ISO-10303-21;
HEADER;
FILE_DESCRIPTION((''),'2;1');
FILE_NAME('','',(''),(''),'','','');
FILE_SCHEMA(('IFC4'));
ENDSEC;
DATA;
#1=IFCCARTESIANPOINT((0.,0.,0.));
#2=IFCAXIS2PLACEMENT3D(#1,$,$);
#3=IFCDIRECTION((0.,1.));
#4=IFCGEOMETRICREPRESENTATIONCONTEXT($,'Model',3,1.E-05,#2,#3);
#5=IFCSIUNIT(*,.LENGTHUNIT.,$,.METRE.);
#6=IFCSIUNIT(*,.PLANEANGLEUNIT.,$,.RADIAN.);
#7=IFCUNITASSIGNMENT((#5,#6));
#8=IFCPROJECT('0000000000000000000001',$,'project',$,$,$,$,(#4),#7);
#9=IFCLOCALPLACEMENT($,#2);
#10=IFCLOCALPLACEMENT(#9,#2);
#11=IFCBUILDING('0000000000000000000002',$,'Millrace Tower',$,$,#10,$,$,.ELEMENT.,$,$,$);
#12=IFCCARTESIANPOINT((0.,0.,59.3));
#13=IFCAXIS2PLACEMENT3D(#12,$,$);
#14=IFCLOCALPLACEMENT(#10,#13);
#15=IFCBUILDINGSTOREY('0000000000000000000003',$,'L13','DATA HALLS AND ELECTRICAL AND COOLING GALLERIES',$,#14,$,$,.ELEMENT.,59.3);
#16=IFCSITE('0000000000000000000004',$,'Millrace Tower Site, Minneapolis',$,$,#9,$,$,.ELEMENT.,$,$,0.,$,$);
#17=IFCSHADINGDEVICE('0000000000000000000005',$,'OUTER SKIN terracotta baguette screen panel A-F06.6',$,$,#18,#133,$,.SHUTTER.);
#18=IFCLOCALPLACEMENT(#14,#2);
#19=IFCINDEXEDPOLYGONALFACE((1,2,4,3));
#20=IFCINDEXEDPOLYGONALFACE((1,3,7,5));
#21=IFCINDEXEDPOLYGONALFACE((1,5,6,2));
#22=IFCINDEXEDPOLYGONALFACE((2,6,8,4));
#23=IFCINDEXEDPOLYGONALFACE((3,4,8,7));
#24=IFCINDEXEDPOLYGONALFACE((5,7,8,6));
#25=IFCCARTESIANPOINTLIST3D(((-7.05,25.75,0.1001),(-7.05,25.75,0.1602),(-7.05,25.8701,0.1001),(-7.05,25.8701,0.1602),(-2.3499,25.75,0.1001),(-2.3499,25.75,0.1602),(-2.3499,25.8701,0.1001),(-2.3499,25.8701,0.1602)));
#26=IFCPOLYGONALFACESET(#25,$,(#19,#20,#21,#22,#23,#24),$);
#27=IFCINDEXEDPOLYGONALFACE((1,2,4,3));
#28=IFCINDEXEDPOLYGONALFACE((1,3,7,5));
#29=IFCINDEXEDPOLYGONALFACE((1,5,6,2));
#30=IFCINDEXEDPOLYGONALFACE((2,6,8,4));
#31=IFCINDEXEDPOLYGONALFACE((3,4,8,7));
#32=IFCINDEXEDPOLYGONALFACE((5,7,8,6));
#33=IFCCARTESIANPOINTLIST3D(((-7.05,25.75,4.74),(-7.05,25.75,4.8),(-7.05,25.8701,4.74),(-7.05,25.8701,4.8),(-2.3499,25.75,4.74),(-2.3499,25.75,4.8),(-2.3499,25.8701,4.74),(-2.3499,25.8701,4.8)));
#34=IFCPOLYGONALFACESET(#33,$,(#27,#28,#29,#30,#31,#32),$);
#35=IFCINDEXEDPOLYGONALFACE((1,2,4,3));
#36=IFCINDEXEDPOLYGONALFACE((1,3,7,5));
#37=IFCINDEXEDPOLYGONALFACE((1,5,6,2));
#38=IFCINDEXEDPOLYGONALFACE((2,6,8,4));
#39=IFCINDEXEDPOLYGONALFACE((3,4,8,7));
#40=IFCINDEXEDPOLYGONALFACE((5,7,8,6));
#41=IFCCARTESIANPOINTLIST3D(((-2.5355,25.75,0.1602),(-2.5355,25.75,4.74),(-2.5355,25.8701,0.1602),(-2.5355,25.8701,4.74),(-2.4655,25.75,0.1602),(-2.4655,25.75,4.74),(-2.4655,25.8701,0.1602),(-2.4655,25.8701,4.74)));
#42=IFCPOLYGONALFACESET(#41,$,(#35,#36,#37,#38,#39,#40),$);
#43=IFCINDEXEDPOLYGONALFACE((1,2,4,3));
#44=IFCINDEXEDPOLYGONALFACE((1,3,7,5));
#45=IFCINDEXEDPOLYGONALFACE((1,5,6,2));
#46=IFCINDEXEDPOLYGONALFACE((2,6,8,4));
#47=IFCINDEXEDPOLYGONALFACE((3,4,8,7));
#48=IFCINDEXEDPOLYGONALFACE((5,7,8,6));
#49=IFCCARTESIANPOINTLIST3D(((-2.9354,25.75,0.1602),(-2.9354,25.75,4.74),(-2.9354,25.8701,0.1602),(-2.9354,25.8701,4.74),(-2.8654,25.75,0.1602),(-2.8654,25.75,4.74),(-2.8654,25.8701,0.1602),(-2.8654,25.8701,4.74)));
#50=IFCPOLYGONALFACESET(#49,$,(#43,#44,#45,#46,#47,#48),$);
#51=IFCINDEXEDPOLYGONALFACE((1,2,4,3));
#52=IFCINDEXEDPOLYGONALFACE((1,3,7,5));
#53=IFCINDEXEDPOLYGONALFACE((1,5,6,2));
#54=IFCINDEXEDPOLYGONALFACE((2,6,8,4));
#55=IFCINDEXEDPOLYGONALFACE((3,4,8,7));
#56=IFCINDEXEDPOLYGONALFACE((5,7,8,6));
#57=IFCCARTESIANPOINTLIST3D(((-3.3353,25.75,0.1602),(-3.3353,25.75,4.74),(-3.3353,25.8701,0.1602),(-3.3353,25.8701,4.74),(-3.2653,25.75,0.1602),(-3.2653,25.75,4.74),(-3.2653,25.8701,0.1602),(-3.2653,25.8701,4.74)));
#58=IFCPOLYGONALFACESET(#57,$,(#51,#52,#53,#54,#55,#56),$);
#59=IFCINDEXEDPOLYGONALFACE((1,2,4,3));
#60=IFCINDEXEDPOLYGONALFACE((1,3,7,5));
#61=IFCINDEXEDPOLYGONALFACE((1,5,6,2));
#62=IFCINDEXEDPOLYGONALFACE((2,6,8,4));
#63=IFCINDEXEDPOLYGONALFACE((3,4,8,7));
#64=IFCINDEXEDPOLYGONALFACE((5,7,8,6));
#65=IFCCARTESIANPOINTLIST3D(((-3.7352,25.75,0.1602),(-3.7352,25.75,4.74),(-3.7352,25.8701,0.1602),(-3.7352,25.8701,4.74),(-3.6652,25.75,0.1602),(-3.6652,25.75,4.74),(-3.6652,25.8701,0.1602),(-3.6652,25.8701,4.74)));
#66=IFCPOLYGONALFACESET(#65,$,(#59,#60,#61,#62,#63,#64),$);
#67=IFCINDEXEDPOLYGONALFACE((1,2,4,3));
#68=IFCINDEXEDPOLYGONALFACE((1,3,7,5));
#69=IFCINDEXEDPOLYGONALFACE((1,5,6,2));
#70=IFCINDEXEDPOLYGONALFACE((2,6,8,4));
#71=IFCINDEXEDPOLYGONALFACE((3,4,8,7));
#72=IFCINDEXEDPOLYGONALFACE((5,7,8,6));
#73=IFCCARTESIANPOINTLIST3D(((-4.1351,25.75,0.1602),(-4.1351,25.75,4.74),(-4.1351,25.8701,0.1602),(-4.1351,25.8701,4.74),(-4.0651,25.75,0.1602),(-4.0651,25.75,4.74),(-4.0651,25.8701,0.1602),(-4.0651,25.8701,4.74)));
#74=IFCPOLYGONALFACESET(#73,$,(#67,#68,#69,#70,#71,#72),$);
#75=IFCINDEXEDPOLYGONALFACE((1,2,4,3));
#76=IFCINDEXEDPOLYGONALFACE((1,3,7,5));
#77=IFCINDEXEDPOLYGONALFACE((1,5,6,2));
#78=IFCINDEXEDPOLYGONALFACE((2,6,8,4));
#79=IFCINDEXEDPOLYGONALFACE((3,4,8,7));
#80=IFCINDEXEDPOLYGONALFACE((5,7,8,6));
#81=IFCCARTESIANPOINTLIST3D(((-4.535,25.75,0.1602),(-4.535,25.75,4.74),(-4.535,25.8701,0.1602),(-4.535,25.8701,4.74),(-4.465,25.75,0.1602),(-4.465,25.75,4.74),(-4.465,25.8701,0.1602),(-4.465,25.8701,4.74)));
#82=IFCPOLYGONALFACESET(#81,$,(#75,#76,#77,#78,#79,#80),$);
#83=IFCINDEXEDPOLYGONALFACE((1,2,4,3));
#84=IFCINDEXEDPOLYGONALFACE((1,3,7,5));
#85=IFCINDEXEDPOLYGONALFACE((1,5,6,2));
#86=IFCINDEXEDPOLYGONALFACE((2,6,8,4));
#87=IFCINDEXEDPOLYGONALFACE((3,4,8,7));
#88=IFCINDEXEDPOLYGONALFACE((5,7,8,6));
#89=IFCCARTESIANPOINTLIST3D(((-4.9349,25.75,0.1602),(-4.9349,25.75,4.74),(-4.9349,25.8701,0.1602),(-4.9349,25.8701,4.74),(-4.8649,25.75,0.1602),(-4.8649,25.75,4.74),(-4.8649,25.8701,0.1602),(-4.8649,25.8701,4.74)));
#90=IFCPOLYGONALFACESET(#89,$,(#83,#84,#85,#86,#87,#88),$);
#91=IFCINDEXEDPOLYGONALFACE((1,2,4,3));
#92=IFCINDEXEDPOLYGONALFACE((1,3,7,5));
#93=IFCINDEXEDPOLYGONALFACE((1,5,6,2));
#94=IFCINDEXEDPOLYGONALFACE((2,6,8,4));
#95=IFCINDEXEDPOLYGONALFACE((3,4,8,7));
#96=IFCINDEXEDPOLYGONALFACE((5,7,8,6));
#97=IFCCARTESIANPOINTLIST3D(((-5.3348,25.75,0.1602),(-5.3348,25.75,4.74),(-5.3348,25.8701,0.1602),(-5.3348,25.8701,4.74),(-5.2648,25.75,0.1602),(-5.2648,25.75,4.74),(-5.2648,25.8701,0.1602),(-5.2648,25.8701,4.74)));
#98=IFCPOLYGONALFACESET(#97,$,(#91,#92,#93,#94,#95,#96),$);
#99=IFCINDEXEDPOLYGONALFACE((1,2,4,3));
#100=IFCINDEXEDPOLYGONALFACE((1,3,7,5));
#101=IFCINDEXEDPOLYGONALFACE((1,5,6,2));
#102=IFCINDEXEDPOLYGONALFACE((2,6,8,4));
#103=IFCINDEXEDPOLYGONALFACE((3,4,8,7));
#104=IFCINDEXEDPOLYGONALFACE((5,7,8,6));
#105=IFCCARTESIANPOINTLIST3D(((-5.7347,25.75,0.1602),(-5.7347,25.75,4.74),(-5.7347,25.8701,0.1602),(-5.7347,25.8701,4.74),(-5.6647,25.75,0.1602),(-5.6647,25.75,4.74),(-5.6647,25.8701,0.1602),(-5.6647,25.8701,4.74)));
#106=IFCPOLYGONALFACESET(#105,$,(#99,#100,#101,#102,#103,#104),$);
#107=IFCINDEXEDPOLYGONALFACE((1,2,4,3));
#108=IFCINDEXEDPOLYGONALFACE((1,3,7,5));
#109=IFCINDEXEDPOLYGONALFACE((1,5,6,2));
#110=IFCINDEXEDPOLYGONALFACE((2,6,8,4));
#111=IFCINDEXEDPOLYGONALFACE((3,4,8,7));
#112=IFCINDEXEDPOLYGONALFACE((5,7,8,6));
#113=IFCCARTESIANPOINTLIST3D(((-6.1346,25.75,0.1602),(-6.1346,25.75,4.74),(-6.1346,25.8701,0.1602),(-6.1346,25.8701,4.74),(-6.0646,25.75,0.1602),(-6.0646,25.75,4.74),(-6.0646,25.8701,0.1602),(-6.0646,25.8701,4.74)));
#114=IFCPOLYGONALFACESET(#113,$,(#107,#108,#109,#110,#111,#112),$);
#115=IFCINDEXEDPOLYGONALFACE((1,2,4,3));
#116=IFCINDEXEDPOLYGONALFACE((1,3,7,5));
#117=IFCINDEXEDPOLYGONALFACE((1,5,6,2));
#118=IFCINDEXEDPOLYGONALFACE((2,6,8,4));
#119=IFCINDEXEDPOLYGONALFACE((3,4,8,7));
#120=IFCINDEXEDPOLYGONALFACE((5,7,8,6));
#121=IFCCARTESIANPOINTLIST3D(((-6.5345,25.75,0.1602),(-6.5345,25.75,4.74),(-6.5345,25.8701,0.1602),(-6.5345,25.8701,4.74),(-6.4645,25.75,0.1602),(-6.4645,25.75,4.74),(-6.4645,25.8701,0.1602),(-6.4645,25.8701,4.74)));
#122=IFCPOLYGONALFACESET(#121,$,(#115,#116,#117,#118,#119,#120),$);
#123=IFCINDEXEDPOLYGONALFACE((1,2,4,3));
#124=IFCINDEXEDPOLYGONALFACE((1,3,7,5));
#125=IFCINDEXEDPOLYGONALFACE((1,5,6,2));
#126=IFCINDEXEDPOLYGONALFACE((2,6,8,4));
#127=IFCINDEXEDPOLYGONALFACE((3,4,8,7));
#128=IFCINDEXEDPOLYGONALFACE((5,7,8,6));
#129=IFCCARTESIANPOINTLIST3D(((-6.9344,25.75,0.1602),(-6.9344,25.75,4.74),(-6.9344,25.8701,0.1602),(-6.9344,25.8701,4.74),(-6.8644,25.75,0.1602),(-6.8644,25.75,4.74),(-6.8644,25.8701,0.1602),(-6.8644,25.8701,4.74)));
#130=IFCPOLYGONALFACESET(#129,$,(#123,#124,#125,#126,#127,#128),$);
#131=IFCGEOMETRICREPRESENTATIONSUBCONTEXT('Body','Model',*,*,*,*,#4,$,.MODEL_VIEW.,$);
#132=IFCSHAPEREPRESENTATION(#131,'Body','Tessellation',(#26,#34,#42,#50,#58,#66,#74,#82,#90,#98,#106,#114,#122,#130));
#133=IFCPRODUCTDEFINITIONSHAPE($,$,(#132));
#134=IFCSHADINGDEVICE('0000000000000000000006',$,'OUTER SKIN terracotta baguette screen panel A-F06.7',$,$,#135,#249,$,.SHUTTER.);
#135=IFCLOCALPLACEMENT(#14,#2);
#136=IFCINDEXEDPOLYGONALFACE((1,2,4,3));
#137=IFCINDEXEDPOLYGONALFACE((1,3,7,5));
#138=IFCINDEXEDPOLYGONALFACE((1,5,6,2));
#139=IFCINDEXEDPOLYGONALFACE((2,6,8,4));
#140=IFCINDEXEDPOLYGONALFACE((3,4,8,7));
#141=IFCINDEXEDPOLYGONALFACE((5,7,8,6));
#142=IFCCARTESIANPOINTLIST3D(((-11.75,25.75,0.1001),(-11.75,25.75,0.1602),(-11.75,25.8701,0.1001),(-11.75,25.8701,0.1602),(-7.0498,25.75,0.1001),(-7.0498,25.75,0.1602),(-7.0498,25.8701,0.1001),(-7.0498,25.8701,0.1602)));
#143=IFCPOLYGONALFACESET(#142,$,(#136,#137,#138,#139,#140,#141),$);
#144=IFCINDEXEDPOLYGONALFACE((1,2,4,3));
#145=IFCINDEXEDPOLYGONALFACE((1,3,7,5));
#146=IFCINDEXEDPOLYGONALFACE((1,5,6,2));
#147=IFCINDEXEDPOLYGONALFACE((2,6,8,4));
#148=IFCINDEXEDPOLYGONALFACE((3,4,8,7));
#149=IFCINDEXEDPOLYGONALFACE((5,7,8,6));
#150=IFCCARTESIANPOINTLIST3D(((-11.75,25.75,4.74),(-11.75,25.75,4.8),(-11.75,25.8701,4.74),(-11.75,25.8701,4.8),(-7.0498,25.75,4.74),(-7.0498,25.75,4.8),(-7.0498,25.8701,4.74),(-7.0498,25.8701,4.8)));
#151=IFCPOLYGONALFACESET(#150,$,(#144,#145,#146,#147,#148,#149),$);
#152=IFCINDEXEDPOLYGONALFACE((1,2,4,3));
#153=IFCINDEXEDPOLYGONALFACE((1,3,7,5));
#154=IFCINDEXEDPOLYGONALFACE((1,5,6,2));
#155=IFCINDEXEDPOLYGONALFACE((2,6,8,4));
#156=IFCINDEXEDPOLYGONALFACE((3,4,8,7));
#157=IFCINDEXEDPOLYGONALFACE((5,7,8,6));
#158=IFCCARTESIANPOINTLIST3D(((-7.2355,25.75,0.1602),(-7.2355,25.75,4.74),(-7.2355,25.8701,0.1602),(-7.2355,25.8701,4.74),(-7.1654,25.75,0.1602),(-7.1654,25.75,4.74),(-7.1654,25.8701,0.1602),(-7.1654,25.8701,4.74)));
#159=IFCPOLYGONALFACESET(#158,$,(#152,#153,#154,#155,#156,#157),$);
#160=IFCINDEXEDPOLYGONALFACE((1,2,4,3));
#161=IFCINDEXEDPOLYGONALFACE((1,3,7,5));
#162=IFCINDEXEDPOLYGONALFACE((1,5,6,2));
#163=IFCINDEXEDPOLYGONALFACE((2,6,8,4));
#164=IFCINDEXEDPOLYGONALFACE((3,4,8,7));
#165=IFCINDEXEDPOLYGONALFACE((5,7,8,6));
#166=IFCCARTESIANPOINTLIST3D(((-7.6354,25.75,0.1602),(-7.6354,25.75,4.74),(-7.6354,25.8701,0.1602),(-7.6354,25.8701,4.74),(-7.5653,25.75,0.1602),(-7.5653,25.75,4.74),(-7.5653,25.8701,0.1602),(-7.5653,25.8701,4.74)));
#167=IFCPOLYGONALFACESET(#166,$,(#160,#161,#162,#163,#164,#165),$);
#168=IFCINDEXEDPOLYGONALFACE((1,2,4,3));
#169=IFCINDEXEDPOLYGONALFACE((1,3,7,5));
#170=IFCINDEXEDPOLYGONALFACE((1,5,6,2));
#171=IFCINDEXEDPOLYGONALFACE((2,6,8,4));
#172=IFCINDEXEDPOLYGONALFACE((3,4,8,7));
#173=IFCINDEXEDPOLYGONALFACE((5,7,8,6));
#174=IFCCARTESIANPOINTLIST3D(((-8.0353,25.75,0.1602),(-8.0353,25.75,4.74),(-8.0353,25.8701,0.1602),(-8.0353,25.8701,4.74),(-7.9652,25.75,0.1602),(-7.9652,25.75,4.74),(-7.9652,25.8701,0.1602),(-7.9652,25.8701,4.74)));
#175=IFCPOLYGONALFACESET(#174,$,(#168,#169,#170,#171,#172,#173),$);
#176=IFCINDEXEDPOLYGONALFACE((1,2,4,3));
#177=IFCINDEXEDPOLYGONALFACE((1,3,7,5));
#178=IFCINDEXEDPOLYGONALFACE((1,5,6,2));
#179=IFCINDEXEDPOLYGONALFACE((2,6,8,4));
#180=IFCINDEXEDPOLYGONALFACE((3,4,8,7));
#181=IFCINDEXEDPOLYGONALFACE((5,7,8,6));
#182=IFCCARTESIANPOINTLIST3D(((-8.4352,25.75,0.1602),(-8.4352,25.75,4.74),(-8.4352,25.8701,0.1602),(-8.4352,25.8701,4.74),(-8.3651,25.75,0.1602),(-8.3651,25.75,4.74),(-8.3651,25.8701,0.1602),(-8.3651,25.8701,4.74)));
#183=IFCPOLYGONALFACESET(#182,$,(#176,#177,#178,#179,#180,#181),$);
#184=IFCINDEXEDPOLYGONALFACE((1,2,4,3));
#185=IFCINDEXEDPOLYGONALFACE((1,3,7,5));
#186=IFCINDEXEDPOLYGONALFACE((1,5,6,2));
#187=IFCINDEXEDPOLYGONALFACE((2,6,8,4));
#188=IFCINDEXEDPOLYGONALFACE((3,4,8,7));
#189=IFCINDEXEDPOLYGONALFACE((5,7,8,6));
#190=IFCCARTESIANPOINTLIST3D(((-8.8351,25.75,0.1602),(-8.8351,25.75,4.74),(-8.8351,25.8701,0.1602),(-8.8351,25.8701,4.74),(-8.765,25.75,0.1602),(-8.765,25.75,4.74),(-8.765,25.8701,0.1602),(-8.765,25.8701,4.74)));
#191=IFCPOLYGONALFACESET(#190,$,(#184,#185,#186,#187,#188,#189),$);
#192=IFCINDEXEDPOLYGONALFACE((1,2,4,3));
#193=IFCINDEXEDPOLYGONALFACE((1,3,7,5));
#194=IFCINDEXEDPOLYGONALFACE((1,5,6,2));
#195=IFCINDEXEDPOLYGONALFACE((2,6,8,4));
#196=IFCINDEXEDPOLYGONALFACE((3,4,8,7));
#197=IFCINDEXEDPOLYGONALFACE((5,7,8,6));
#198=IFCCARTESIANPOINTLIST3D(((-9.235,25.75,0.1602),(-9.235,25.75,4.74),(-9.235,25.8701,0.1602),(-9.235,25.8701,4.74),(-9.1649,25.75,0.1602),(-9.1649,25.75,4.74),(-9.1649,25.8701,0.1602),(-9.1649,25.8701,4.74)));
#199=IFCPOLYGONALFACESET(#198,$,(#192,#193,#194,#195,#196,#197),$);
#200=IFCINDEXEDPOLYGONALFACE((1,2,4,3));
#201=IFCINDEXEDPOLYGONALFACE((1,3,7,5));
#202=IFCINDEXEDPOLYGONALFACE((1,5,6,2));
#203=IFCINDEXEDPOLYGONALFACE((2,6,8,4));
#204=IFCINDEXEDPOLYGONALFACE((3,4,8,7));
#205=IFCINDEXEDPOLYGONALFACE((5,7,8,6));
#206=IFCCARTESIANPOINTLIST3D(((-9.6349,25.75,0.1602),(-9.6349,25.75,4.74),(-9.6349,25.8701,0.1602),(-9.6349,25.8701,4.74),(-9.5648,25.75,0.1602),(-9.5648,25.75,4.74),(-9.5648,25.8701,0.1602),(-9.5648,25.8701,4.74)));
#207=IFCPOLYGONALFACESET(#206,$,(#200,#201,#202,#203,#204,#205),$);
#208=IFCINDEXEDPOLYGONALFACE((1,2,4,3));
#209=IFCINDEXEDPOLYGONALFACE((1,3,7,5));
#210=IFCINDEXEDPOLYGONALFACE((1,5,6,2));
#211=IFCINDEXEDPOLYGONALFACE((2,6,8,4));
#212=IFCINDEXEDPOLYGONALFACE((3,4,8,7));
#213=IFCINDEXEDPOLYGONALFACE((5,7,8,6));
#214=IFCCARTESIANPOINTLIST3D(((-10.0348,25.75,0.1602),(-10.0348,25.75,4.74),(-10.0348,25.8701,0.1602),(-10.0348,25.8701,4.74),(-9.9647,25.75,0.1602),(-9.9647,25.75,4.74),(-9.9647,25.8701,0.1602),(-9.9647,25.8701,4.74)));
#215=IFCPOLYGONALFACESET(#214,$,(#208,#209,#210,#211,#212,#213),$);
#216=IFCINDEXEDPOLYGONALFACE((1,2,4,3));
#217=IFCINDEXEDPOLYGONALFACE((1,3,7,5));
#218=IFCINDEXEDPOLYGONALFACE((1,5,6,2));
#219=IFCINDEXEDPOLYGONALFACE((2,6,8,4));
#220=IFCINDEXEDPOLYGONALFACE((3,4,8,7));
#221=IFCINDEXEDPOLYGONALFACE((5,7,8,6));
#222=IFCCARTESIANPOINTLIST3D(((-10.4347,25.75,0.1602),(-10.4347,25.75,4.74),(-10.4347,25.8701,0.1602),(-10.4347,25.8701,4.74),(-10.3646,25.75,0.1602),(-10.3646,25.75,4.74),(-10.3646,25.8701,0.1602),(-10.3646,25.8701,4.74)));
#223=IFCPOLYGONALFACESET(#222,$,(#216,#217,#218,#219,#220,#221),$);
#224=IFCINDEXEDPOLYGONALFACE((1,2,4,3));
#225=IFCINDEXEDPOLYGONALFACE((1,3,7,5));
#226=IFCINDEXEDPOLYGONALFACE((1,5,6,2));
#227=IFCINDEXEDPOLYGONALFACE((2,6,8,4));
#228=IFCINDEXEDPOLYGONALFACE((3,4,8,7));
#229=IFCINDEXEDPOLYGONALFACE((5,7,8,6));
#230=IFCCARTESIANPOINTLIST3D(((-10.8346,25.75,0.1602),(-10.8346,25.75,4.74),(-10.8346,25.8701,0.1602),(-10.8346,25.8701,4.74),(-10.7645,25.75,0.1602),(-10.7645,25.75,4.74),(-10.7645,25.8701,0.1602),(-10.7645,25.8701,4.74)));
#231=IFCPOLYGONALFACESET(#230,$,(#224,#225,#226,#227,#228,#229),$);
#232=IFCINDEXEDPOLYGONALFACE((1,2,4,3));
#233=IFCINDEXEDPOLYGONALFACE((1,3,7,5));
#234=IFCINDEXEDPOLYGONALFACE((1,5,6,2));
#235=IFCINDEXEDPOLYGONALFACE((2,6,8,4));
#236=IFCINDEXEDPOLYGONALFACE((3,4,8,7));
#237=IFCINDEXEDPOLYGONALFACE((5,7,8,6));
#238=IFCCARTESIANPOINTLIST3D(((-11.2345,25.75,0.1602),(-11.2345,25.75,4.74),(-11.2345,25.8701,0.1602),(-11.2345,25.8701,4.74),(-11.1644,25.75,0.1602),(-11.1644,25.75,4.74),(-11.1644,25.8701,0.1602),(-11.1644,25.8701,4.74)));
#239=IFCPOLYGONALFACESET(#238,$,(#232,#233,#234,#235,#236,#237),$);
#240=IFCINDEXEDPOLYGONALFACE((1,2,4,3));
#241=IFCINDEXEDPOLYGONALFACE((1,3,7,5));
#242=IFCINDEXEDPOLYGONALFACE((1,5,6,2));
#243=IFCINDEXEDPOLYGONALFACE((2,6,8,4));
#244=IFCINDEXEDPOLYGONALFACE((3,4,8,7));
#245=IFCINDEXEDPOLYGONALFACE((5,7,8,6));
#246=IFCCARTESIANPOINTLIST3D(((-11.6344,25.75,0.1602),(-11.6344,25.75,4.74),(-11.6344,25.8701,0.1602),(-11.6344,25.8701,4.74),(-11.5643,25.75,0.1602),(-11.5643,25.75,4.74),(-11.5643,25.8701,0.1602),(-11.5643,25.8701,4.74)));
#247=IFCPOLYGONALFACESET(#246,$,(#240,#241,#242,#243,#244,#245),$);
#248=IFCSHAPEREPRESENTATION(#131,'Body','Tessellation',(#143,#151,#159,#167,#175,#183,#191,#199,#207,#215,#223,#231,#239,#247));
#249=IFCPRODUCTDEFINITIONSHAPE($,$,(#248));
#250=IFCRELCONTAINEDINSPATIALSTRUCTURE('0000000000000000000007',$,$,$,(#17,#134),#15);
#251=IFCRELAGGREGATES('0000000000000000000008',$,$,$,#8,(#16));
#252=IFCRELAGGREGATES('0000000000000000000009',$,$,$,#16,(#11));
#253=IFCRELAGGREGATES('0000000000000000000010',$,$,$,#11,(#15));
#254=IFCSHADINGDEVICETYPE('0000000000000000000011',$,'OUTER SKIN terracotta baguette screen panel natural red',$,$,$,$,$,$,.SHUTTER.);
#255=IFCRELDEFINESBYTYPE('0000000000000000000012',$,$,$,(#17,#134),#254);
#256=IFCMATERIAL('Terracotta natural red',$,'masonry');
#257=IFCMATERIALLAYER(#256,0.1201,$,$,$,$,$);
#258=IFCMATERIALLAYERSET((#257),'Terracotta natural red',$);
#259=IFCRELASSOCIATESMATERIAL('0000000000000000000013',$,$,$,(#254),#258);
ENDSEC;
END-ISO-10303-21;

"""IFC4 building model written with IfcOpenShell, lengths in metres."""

from ifc_helpers import new_model, entity, si_unit, direction, frame, frame_2d, origin, place, context, subcontext, project, spatial, rectangle, extrude, source, transform, mapped, material, layer, layer_set, type_object, element, save


model = new_model("IFC4")

# Units and contexts
model_context = context("Model", 3, precision=1e-05, world=origin(), true_north=direction((0.0, 1.0)))
body_context = subcontext(model_context, "Body", "Model", "MODEL_VIEW")
ifc_project = project(units=[si_unit("LENGTHUNIT", "METRE"), si_unit("PLANEANGLEUNIT", "RADIAN")], contexts=[model_context])

# Site, building, storey
site_placement = place(None, origin())
site = spatial("IfcSite", under=ifc_project, at=site_placement, Name="Millrace Tower Site, Minneapolis", CompositionType="ELEMENT", RefElevation=0.0)
building_placement = place(site_placement, origin())
building = spatial("IfcBuilding", under=site, at=building_placement, Name="Millrace Tower", CompositionType="ELEMENT")
storey_placement = place(building_placement, frame((0.0, 0.0, 59.3)))
storey = spatial("IfcBuildingStorey", under=building, at=storey_placement, Name="L13", Description="DATA HALLS AND ELECTRICAL AND COOLING GALLERIES", CompositionType="ELEMENT", Elevation=59.3)

# Shading devices
ifc_material_1 = material(Name="Terracotta natural red", Category="masonry")
ifc_layer_1 = layer(ifc_material_1, 0.1201)
ifc_layer_set_1 = layer_set([ifc_layer_1], Name="Terracotta natural red")
shading_device_type = type_object("IfcShadingDeviceType", Name="OUTER SKIN terracotta baguette screen panel natural red", PredefinedType="SHUTTER", material=ifc_layer_set_1)
cartesian_point = entity("IfcCartesianPoint", [-2.3501, 0.0601])
shared_polyline = entity("IfcPolyline", [cartesian_point, entity("IfcCartesianPoint", [2.3501, 0.0601]), entity("IfcCartesianPoint", [2.3501, -0.0601]), entity("IfcCartesianPoint", [-2.3501, -0.0601]), cartesian_point])
shared_shape = source(origin(), body_context, "Body", "SweptSolid", [
    entity("IfcExtrudedAreaSolid", entity("IfcArbitraryClosedProfileDef", "AREA", None, shared_polyline), entity("IfcAxis2Placement3D", entity("IfcCartesianPoint", [0.0, 0.0, 0.0])), entity("IfcDirection", [0.0, 0.0, 1.0]), 0.0601),
    entity("IfcExtrudedAreaSolid", entity("IfcArbitraryClosedProfileDef", "AREA", None, shared_polyline), entity("IfcAxis2Placement3D", entity("IfcCartesianPoint", [0.0, 0.0, 4.6399])), entity("IfcDirection", [0.0, 0.0, 1.0]), 0.0601),
    extrude(rectangle(XDim=0.0701, YDim=0.1201, at=frame_2d((-2.1995, 0.0))), frame((0.0, 0.0, 0.0601)), (0.0, 0.0, 1.0), 4.5798),
    extrude(rectangle(XDim=0.0701, YDim=0.1201, at=frame_2d((-1.7996, 0.0))), frame((0.0, 0.0, 0.0601)), (0.0, 0.0, 1.0), 4.5798),
    extrude(rectangle(XDim=0.0701, YDim=0.1201, at=frame_2d((-1.3997, 0.0))), frame((0.0, 0.0, 0.0601)), (0.0, 0.0, 1.0), 4.5798),
    extrude(rectangle(XDim=0.0701, YDim=0.1201, at=frame_2d((-0.9998, 0.0))), frame((0.0, 0.0, 0.0601)), (0.0, 0.0, 1.0), 4.5798),
    extrude(rectangle(XDim=0.0701, YDim=0.1201, at=frame_2d((-0.5999, 0.0))), frame((0.0, 0.0, 0.0601)), (0.0, 0.0, 1.0), 4.5798),
    extrude(rectangle(XDim=0.0701, YDim=0.1201, at=frame_2d((-0.2, 0.0))), frame((0.0, 0.0, 0.0601)), (0.0, 0.0, 1.0), 4.5798),
    extrude(rectangle(XDim=0.0701, YDim=0.1201, at=frame_2d((0.2, 0.0))), frame((0.0, 0.0, 0.0601)), (0.0, 0.0, 1.0), 4.5798),
    extrude(rectangle(XDim=0.0701, YDim=0.1201, at=frame_2d((0.5999, 0.0))), frame((0.0, 0.0, 0.0601)), (0.0, 0.0, 1.0), 4.5798),
    extrude(rectangle(XDim=0.0701, YDim=0.1201, at=frame_2d((0.9998, 0.0))), frame((0.0, 0.0, 0.0601)), (0.0, 0.0, 1.0), 4.5798),
    extrude(rectangle(XDim=0.0701, YDim=0.1201, at=frame_2d((1.3997, 0.0))), frame((0.0, 0.0, 0.0601)), (0.0, 0.0, 1.0), 4.5798),
    extrude(rectangle(XDim=0.0701, YDim=0.1201, at=frame_2d((1.7996, 0.0))), frame((0.0, 0.0, 0.0601)), (0.0, 0.0, 1.0), 4.5798),
    extrude(rectangle(XDim=0.0701, YDim=0.1201, at=frame_2d((2.1995, 0.0))), frame((0.0, 0.0, 0.0601)), (0.0, 0.0, 1.0), 4.5798),
])
for number, where, z_axis, x_axis, name in (
    (1, (-4.7, 25.8101, 0.1001), (0.0, 0.0, 1.0), (-1.0, 0.0, 0.0), "OUTER SKIN terracotta baguette screen panel A-F06.6"),
    (2, (-9.3999, 25.8101, 0.1001), (0.0, 0.0, 1.0), (-1.0, 0.0, 0.0), "OUTER SKIN terracotta baguette screen panel A-F06.7"),
):
    element("IfcShadingDevice", number, at=place(storey_placement, frame(where, z_axis=z_axis, x_axis=x_axis)), inside=storey, type_object=shading_device_type, Name=name, PredefinedType="SHUTTER", context=body_context, shape_type="MappedRepresentation", body=[
        mapped(shared_shape, transform((0.0, 0.0, 0.0), scale=1.0)),
    ])

save(model, "model.ifc")
